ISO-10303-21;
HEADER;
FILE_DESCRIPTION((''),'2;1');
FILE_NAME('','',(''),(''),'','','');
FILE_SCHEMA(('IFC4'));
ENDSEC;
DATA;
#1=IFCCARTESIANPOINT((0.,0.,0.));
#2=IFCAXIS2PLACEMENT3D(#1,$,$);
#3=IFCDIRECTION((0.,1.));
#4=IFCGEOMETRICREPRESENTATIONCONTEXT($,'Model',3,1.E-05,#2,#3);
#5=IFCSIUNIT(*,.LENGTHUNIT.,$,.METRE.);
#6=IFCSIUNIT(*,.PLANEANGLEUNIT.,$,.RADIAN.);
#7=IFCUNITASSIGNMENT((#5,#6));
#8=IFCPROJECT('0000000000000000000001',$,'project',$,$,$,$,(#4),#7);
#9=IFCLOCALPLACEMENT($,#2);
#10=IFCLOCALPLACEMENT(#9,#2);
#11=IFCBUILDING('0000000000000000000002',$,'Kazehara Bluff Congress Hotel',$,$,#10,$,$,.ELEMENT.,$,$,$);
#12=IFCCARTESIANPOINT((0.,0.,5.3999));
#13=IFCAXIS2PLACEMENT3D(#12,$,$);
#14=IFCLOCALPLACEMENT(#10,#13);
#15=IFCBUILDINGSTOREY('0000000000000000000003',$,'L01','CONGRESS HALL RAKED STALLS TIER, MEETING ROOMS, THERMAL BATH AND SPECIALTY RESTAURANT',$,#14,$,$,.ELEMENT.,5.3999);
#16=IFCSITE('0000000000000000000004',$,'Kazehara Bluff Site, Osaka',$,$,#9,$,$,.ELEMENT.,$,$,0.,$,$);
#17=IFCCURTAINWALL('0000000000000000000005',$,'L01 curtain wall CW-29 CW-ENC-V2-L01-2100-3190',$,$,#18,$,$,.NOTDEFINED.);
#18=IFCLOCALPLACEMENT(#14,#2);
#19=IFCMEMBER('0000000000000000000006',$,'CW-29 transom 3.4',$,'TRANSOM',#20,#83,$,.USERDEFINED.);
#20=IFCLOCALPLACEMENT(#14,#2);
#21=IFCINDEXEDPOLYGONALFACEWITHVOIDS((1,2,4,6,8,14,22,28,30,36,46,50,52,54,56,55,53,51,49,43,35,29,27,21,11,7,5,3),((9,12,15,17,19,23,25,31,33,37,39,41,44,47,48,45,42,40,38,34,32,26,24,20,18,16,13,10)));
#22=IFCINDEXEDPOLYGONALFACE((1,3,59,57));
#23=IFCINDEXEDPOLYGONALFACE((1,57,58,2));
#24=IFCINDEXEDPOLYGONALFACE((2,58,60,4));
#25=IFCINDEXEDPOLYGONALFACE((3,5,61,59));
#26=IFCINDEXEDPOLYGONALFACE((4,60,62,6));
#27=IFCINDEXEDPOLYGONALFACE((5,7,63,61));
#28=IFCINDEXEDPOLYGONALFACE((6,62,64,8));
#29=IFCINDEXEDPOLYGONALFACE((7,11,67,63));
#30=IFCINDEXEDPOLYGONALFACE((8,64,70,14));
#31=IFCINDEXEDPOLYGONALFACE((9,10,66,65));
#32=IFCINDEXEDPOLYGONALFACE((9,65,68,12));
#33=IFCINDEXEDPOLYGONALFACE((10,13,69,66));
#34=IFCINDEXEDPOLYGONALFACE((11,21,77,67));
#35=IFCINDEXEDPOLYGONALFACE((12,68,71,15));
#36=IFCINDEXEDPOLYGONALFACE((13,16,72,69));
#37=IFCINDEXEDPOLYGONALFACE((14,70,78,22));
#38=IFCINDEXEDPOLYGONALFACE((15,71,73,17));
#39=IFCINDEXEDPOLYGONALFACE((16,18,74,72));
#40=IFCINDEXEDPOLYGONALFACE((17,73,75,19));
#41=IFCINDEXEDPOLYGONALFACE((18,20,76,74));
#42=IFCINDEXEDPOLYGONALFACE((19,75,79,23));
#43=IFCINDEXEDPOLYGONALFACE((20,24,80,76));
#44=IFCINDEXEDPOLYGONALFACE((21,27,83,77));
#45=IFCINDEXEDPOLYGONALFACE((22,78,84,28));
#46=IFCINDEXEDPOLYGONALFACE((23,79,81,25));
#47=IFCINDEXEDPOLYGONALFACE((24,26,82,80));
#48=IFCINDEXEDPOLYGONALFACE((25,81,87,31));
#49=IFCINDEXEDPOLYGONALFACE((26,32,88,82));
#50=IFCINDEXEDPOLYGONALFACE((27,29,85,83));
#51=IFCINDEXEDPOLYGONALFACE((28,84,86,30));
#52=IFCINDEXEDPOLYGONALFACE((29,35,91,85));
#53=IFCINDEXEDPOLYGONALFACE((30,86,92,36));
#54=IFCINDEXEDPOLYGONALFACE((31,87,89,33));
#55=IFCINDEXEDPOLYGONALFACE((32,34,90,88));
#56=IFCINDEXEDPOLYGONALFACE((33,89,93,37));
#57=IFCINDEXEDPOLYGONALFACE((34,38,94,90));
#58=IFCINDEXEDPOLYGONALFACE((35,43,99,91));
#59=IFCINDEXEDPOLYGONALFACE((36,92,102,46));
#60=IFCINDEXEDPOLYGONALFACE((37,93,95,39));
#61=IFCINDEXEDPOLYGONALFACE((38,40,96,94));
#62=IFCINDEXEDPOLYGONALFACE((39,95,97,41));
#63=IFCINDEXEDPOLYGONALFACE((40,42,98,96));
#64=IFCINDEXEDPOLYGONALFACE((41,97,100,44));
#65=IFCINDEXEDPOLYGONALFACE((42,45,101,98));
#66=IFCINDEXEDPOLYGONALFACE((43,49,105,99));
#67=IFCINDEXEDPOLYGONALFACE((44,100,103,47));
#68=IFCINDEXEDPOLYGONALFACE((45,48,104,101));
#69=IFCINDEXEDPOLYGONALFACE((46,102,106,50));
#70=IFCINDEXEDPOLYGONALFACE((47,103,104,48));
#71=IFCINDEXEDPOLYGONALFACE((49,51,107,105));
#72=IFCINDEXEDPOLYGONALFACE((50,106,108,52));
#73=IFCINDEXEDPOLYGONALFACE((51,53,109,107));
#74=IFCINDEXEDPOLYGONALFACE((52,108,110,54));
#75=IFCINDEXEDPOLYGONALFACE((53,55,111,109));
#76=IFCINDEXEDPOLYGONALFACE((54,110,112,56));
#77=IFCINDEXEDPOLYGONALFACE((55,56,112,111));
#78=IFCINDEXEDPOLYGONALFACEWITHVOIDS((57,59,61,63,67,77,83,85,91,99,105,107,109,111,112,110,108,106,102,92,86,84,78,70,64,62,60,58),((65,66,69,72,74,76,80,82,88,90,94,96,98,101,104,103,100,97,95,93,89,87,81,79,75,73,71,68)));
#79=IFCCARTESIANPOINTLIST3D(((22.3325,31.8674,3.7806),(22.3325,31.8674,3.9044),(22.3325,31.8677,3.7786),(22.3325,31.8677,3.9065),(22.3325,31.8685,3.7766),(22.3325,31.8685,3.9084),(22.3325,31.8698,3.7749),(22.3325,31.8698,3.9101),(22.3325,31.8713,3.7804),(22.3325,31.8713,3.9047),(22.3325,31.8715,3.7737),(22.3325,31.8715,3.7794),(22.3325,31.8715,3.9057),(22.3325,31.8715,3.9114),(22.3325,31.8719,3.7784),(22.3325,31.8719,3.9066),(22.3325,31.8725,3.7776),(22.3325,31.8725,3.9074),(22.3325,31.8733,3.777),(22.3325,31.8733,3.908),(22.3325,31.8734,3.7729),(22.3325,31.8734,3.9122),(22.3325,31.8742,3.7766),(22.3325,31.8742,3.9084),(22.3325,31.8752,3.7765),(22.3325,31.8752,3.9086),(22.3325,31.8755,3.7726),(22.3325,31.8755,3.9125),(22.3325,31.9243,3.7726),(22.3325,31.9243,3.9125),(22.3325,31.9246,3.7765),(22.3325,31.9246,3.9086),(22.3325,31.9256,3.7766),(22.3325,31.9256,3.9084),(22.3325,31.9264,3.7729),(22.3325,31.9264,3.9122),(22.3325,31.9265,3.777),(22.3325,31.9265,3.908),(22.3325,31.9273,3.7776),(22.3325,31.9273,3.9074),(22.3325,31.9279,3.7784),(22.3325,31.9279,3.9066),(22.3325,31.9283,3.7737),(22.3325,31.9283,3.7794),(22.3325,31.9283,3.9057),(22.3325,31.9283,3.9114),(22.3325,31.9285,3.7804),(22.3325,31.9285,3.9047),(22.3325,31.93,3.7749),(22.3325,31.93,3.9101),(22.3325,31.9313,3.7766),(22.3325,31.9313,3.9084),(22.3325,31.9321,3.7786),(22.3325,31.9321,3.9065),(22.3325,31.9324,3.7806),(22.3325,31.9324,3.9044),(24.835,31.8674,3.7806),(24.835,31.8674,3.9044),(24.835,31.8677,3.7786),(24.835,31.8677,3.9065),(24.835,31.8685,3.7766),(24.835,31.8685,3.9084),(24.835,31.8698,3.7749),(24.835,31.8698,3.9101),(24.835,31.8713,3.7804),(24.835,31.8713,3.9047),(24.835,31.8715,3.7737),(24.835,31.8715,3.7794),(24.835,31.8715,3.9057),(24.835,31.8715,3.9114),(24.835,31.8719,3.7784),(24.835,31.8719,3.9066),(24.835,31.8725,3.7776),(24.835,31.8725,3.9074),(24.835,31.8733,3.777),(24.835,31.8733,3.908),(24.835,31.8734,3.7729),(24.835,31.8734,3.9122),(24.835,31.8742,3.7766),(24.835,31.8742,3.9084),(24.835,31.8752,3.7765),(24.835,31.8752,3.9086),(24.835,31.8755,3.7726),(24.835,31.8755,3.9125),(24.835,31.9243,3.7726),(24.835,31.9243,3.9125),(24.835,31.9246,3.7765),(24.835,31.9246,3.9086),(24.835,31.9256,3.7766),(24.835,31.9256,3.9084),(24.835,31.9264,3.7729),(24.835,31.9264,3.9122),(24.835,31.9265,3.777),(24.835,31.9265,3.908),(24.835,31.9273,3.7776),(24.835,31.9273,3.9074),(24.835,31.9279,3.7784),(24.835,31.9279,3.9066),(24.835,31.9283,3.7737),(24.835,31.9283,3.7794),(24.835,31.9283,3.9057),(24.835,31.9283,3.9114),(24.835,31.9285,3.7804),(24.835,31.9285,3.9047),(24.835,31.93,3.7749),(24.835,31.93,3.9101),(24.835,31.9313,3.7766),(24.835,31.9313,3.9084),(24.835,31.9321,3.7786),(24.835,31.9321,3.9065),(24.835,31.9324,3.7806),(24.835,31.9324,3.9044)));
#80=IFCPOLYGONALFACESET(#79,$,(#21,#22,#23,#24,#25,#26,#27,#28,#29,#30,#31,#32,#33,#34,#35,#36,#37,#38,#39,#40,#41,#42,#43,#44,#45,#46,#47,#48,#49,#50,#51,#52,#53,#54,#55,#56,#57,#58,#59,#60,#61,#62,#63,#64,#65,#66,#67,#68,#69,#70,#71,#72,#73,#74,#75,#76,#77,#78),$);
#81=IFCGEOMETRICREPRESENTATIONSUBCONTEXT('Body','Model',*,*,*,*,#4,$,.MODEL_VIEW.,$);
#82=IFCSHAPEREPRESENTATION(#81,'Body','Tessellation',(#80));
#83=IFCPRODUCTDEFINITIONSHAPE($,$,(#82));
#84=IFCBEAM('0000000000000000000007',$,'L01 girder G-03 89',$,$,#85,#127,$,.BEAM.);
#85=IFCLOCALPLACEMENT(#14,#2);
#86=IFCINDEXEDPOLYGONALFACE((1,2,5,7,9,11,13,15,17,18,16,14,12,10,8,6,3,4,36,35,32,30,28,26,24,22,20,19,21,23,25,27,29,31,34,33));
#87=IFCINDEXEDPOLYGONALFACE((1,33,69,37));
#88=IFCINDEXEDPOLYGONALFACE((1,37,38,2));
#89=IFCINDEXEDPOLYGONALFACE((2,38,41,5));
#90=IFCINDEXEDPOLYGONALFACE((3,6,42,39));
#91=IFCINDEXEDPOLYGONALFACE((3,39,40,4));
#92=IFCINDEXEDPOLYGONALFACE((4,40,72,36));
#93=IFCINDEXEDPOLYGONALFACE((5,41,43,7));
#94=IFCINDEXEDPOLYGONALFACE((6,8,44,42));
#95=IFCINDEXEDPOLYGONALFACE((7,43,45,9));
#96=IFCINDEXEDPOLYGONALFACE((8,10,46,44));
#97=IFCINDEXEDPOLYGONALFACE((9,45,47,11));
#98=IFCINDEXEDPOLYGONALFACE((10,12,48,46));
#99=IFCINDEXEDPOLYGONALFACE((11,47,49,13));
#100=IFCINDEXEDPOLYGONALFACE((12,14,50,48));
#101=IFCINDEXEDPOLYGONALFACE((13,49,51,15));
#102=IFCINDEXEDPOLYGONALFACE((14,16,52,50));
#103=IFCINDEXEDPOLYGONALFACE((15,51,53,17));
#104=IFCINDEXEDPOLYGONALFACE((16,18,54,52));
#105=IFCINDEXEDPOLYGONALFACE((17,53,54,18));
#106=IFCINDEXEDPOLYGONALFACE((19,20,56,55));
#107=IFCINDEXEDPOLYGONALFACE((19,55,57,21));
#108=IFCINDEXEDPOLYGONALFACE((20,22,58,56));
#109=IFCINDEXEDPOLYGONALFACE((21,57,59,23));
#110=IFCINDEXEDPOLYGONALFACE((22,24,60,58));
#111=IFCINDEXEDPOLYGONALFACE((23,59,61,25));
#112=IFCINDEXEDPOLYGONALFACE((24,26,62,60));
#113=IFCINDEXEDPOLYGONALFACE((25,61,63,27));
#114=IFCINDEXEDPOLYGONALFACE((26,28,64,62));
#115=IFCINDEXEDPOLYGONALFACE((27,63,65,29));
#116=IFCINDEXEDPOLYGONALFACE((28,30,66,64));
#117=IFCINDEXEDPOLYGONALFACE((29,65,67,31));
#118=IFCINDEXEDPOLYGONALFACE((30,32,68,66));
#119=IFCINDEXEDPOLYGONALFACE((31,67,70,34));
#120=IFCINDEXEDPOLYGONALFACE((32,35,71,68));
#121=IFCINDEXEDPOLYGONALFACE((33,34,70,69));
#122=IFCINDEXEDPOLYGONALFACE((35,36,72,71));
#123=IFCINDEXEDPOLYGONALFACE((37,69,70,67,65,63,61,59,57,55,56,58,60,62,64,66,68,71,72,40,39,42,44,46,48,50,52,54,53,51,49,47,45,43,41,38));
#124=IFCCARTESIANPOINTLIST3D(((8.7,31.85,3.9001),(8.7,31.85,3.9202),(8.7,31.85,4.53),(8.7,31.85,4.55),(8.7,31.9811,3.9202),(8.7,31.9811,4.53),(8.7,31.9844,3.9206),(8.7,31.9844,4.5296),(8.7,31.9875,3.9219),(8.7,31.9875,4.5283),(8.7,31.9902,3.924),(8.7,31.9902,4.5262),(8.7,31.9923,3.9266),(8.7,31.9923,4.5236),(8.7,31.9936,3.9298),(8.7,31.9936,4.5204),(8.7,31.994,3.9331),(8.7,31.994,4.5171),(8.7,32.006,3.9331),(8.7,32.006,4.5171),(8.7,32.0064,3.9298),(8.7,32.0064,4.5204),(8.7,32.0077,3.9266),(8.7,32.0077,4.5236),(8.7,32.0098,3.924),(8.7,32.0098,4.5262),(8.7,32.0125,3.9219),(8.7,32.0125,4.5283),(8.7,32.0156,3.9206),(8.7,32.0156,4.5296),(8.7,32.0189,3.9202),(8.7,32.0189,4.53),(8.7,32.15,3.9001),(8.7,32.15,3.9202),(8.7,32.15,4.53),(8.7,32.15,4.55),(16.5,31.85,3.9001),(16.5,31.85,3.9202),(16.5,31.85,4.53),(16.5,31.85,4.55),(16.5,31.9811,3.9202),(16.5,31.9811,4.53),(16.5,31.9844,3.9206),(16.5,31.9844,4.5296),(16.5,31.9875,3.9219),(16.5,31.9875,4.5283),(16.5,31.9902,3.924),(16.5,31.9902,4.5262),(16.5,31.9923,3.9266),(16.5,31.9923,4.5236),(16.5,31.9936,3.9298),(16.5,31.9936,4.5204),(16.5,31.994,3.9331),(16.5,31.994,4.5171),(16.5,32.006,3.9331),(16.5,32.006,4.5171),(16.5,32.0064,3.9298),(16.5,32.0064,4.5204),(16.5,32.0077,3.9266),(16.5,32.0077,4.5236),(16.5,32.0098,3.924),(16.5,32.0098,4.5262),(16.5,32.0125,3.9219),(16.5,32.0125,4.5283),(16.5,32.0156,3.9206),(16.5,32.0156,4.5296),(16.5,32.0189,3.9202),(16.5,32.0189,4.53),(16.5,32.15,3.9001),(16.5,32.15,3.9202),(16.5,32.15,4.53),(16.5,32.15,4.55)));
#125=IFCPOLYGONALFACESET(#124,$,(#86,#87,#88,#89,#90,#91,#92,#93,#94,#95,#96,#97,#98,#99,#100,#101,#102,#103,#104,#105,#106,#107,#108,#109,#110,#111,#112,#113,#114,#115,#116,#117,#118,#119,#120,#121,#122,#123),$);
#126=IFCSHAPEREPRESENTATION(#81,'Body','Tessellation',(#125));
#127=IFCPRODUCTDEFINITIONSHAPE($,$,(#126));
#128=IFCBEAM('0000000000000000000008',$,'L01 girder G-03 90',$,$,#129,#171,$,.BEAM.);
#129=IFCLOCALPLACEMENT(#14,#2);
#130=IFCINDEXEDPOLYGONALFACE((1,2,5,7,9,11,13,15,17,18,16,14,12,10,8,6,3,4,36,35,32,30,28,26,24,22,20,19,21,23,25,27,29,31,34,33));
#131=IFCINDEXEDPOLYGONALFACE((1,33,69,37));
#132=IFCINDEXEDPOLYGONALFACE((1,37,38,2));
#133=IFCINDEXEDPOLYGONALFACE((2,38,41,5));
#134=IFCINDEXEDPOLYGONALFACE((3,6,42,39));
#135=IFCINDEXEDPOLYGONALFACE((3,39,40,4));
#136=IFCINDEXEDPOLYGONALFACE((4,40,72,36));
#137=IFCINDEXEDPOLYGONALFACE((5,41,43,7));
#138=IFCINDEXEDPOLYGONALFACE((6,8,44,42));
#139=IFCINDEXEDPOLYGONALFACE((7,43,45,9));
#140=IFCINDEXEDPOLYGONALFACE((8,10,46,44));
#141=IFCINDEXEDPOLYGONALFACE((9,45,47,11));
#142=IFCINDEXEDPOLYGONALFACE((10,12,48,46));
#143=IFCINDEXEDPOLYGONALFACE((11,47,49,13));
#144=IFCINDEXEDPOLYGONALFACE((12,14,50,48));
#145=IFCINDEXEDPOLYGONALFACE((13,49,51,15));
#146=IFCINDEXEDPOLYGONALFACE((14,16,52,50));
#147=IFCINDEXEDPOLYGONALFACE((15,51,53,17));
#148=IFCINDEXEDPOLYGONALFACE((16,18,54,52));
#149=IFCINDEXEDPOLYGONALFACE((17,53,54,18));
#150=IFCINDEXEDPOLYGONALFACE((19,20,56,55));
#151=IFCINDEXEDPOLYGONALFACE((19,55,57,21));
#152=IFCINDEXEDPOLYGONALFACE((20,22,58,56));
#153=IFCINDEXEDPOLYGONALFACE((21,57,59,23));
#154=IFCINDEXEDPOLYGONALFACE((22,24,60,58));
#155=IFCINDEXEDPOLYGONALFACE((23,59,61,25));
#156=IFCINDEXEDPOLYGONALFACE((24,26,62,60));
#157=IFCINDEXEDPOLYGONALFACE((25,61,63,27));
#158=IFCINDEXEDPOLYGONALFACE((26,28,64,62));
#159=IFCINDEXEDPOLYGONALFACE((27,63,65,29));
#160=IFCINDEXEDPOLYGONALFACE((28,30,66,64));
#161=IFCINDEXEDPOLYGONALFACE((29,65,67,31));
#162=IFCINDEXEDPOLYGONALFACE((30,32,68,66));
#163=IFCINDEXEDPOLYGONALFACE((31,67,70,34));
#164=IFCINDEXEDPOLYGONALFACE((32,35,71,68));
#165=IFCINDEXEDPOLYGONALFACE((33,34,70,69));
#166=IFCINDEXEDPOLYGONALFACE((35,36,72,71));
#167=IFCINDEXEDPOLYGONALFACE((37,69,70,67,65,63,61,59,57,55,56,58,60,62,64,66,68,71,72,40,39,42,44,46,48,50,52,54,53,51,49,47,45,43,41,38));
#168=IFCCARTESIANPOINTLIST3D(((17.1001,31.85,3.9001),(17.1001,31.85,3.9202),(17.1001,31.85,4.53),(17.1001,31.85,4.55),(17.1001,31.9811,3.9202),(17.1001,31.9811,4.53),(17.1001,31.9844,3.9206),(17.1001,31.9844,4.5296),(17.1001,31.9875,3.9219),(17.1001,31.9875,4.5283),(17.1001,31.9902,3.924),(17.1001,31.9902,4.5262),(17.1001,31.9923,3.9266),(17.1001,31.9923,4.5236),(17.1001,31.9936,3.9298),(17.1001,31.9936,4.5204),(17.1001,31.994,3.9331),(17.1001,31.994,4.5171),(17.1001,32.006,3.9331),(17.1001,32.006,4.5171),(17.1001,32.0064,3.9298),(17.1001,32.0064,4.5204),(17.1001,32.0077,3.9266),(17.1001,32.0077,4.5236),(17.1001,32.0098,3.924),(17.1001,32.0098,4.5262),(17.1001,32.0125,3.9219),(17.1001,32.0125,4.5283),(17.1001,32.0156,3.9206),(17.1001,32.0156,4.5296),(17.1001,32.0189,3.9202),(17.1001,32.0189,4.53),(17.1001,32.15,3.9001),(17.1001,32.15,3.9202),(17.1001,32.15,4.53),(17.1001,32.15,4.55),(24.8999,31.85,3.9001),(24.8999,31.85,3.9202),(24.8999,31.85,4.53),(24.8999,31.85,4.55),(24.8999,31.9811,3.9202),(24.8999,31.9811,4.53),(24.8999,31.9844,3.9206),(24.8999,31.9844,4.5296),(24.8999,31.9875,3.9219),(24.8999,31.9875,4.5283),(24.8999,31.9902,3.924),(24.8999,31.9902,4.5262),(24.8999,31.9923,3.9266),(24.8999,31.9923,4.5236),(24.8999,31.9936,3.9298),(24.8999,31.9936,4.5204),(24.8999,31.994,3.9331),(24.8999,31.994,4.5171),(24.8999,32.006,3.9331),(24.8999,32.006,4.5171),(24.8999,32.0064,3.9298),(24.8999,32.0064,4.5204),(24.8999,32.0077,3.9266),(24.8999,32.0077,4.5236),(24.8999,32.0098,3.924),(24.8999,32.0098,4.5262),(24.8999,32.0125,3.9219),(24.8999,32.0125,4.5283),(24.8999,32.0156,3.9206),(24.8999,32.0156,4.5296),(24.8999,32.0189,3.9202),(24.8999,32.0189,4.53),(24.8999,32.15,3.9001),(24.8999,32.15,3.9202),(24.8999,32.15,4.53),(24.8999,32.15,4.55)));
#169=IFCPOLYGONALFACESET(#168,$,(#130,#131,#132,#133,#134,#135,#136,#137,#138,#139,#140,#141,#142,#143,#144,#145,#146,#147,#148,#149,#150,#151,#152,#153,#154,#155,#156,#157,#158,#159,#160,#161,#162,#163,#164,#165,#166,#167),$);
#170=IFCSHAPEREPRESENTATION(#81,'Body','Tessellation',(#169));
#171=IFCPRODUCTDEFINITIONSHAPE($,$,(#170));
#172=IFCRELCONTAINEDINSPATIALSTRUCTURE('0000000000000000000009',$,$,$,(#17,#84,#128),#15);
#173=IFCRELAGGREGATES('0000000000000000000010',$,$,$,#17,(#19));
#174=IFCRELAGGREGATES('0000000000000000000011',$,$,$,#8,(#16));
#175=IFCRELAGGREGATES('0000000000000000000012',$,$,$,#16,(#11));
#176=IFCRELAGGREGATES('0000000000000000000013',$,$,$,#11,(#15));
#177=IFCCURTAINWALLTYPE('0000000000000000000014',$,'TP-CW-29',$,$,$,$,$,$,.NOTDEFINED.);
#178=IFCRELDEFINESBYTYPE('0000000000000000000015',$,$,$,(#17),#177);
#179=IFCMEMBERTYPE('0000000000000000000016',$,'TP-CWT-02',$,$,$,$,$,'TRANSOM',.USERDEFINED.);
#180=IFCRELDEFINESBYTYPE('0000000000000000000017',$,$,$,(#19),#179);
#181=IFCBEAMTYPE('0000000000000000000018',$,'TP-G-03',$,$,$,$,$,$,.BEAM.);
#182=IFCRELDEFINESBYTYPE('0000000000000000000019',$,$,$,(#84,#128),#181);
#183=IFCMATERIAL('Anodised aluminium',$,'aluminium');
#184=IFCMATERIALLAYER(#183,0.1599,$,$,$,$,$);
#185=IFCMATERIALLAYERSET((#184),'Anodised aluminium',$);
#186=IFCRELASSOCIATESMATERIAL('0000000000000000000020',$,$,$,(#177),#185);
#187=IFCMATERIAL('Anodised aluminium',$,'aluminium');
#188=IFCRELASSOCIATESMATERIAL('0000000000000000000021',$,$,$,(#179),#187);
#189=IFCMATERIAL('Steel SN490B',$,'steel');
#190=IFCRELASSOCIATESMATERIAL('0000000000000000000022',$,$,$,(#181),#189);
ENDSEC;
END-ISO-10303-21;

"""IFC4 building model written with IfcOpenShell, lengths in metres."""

from ifc_helpers import new_model, si_unit, direction, frame, origin, origin_2d, place, context, subcontext, project, spatial, hollow_rectangle, i_section, extrude, material, layer, layer_set, material_profile, profile_set, type_object, element, aggregate, save


model = new_model("IFC4")

# Units and contexts
model_context = context("Model", 3, precision=1e-05, world=origin(), true_north=direction((0.0, 1.0)))
body_context = subcontext(model_context, "Body", "Model", "MODEL_VIEW")
ifc_project = project(units=[si_unit("LENGTHUNIT", "METRE"), si_unit("PLANEANGLEUNIT", "RADIAN")], contexts=[model_context])

# Site, building, storey
site_placement = place(None, origin())
site = spatial("IfcSite", under=ifc_project, at=site_placement, Name="Kazehara Bluff Site, Osaka", CompositionType="ELEMENT", RefElevation=0.0)
building_placement = place(site_placement, origin())
building = spatial("IfcBuilding", under=site, at=building_placement, Name="Kazehara Bluff Congress Hotel", CompositionType="ELEMENT")
storey_placement = place(building_placement, frame((0.0, 0.0, 5.3999)))
storey = spatial("IfcBuildingStorey", under=building, at=storey_placement, Name="L01", Description="CONGRESS HALL RAKED STALLS TIER, MEETING ROOMS, THERMAL BATH AND SPECIALTY RESTAURANT", CompositionType="ELEMENT", Elevation=5.3999)

# Curtain wall
ifc_material_1 = material(Name="Anodised aluminium", Category="aluminium")
ifc_layer_1 = layer(ifc_material_1, 0.1599)
ifc_layer_set_1 = layer_set([ifc_layer_1], Name="Anodised aluminium")
curtain_wall_type_1 = type_object("IfcCurtainWallType", Name="TP-CW-29", PredefinedType="NOTDEFINED", material=ifc_layer_set_1)
curtain_wall_1_placement = place(storey_placement, origin())
curtain_wall_1 = element("IfcCurtainWall", 1, at=curtain_wall_1_placement, inside=storey, type_object=curtain_wall_type_1, Name="L01 curtain wall CW-29 CW-ENC-V2-L01-2100-3190", PredefinedType="NOTDEFINED")

# Member
ifc_material_2 = material(Name="Anodised aluminium", Category="aluminium")
ifc_material_profile_1 = material_profile(ifc_material_2, hollow_rectangle(XDim=0.0649, YDim=0.1399, WallThickness=0.0039, InnerFilletRadius=0.0039, OuterFilletRadius=0.0081, at=origin_2d()))
ifc_profile_set_1 = profile_set([ifc_material_profile_1], Name="Anodised aluminium")
member_type_1 = type_object("IfcMemberType", Name="TP-CWT-02", ElementType="TRANSOM", PredefinedType="USERDEFINED", material=ifc_profile_set_1)
member_1_placement = place(storey_placement, frame((22.3325, 31.8999, 3.8425), z_axis=(1.0, 0.0, 0.0), x_axis=(0.0, 1.0, 0.0)))
member_1 = element("IfcMember", 2, at=member_1_placement, type_object=member_type_1, Name="CW-29 transom 3.4", ObjectType="TRANSOM", PredefinedType="USERDEFINED", context=body_context, shape_type="SweptSolid", body=[
    extrude(hollow_rectangle(XDim=0.0649, YDim=0.1399, WallThickness=0.0039, InnerFilletRadius=0.0039, OuterFilletRadius=0.0081, at=origin_2d()), origin(), (0.0, 0.0, 1.0), 2.5024),
])

# Beams
ifc_material_3 = material(Name="Steel SN490B", Category="steel")
ifc_material_profile_2 = material_profile(ifc_material_3, i_section(OverallWidth=0.3, OverallDepth=0.6499, WebThickness=0.012, FlangeThickness=0.02, FilletRadius=0.0129, at=origin_2d()))
ifc_profile_set_2 = profile_set([ifc_material_profile_2], Name="Steel SN490B")
beam_type_1 = type_object("IfcBeamType", Name="TP-G-03", PredefinedType="BEAM", material=ifc_profile_set_2)
beam_1_placement = place(storey_placement, frame((8.7, 32.0, 4.2251), z_axis=(1.0, 0.0, 0.0), x_axis=(0.0, 1.0, 0.0)))
element("IfcBeam", 3, at=beam_1_placement, inside=storey, type_object=beam_type_1, Name="L01 girder G-03 89", PredefinedType="BEAM", context=body_context, shape_type="SweptSolid", body=[
    extrude(i_section(OverallWidth=0.3, OverallDepth=0.6499, WebThickness=0.012, FlangeThickness=0.02, FilletRadius=0.0129, at=origin_2d()), origin(), (0.0, 0.0, 1.0), 7.8),
])
beam_2_placement = place(storey_placement, frame((17.1001, 32.0, 4.2251), z_axis=(1.0, 0.0, 0.0), x_axis=(0.0, 1.0, 0.0)))
element("IfcBeam", 4, at=beam_2_placement, inside=storey, type_object=beam_type_1, Name="L01 girder G-03 90", PredefinedType="BEAM", context=body_context, shape_type="SweptSolid", body=[
    extrude(i_section(OverallWidth=0.3, OverallDepth=0.6499, WebThickness=0.012, FlangeThickness=0.02, FilletRadius=0.0129, at=origin_2d()), origin(), (0.0, 0.0, 1.0), 7.7998),
])

aggregate(curtain_wall_1, [member_1])

save(model, "model.ifc")
